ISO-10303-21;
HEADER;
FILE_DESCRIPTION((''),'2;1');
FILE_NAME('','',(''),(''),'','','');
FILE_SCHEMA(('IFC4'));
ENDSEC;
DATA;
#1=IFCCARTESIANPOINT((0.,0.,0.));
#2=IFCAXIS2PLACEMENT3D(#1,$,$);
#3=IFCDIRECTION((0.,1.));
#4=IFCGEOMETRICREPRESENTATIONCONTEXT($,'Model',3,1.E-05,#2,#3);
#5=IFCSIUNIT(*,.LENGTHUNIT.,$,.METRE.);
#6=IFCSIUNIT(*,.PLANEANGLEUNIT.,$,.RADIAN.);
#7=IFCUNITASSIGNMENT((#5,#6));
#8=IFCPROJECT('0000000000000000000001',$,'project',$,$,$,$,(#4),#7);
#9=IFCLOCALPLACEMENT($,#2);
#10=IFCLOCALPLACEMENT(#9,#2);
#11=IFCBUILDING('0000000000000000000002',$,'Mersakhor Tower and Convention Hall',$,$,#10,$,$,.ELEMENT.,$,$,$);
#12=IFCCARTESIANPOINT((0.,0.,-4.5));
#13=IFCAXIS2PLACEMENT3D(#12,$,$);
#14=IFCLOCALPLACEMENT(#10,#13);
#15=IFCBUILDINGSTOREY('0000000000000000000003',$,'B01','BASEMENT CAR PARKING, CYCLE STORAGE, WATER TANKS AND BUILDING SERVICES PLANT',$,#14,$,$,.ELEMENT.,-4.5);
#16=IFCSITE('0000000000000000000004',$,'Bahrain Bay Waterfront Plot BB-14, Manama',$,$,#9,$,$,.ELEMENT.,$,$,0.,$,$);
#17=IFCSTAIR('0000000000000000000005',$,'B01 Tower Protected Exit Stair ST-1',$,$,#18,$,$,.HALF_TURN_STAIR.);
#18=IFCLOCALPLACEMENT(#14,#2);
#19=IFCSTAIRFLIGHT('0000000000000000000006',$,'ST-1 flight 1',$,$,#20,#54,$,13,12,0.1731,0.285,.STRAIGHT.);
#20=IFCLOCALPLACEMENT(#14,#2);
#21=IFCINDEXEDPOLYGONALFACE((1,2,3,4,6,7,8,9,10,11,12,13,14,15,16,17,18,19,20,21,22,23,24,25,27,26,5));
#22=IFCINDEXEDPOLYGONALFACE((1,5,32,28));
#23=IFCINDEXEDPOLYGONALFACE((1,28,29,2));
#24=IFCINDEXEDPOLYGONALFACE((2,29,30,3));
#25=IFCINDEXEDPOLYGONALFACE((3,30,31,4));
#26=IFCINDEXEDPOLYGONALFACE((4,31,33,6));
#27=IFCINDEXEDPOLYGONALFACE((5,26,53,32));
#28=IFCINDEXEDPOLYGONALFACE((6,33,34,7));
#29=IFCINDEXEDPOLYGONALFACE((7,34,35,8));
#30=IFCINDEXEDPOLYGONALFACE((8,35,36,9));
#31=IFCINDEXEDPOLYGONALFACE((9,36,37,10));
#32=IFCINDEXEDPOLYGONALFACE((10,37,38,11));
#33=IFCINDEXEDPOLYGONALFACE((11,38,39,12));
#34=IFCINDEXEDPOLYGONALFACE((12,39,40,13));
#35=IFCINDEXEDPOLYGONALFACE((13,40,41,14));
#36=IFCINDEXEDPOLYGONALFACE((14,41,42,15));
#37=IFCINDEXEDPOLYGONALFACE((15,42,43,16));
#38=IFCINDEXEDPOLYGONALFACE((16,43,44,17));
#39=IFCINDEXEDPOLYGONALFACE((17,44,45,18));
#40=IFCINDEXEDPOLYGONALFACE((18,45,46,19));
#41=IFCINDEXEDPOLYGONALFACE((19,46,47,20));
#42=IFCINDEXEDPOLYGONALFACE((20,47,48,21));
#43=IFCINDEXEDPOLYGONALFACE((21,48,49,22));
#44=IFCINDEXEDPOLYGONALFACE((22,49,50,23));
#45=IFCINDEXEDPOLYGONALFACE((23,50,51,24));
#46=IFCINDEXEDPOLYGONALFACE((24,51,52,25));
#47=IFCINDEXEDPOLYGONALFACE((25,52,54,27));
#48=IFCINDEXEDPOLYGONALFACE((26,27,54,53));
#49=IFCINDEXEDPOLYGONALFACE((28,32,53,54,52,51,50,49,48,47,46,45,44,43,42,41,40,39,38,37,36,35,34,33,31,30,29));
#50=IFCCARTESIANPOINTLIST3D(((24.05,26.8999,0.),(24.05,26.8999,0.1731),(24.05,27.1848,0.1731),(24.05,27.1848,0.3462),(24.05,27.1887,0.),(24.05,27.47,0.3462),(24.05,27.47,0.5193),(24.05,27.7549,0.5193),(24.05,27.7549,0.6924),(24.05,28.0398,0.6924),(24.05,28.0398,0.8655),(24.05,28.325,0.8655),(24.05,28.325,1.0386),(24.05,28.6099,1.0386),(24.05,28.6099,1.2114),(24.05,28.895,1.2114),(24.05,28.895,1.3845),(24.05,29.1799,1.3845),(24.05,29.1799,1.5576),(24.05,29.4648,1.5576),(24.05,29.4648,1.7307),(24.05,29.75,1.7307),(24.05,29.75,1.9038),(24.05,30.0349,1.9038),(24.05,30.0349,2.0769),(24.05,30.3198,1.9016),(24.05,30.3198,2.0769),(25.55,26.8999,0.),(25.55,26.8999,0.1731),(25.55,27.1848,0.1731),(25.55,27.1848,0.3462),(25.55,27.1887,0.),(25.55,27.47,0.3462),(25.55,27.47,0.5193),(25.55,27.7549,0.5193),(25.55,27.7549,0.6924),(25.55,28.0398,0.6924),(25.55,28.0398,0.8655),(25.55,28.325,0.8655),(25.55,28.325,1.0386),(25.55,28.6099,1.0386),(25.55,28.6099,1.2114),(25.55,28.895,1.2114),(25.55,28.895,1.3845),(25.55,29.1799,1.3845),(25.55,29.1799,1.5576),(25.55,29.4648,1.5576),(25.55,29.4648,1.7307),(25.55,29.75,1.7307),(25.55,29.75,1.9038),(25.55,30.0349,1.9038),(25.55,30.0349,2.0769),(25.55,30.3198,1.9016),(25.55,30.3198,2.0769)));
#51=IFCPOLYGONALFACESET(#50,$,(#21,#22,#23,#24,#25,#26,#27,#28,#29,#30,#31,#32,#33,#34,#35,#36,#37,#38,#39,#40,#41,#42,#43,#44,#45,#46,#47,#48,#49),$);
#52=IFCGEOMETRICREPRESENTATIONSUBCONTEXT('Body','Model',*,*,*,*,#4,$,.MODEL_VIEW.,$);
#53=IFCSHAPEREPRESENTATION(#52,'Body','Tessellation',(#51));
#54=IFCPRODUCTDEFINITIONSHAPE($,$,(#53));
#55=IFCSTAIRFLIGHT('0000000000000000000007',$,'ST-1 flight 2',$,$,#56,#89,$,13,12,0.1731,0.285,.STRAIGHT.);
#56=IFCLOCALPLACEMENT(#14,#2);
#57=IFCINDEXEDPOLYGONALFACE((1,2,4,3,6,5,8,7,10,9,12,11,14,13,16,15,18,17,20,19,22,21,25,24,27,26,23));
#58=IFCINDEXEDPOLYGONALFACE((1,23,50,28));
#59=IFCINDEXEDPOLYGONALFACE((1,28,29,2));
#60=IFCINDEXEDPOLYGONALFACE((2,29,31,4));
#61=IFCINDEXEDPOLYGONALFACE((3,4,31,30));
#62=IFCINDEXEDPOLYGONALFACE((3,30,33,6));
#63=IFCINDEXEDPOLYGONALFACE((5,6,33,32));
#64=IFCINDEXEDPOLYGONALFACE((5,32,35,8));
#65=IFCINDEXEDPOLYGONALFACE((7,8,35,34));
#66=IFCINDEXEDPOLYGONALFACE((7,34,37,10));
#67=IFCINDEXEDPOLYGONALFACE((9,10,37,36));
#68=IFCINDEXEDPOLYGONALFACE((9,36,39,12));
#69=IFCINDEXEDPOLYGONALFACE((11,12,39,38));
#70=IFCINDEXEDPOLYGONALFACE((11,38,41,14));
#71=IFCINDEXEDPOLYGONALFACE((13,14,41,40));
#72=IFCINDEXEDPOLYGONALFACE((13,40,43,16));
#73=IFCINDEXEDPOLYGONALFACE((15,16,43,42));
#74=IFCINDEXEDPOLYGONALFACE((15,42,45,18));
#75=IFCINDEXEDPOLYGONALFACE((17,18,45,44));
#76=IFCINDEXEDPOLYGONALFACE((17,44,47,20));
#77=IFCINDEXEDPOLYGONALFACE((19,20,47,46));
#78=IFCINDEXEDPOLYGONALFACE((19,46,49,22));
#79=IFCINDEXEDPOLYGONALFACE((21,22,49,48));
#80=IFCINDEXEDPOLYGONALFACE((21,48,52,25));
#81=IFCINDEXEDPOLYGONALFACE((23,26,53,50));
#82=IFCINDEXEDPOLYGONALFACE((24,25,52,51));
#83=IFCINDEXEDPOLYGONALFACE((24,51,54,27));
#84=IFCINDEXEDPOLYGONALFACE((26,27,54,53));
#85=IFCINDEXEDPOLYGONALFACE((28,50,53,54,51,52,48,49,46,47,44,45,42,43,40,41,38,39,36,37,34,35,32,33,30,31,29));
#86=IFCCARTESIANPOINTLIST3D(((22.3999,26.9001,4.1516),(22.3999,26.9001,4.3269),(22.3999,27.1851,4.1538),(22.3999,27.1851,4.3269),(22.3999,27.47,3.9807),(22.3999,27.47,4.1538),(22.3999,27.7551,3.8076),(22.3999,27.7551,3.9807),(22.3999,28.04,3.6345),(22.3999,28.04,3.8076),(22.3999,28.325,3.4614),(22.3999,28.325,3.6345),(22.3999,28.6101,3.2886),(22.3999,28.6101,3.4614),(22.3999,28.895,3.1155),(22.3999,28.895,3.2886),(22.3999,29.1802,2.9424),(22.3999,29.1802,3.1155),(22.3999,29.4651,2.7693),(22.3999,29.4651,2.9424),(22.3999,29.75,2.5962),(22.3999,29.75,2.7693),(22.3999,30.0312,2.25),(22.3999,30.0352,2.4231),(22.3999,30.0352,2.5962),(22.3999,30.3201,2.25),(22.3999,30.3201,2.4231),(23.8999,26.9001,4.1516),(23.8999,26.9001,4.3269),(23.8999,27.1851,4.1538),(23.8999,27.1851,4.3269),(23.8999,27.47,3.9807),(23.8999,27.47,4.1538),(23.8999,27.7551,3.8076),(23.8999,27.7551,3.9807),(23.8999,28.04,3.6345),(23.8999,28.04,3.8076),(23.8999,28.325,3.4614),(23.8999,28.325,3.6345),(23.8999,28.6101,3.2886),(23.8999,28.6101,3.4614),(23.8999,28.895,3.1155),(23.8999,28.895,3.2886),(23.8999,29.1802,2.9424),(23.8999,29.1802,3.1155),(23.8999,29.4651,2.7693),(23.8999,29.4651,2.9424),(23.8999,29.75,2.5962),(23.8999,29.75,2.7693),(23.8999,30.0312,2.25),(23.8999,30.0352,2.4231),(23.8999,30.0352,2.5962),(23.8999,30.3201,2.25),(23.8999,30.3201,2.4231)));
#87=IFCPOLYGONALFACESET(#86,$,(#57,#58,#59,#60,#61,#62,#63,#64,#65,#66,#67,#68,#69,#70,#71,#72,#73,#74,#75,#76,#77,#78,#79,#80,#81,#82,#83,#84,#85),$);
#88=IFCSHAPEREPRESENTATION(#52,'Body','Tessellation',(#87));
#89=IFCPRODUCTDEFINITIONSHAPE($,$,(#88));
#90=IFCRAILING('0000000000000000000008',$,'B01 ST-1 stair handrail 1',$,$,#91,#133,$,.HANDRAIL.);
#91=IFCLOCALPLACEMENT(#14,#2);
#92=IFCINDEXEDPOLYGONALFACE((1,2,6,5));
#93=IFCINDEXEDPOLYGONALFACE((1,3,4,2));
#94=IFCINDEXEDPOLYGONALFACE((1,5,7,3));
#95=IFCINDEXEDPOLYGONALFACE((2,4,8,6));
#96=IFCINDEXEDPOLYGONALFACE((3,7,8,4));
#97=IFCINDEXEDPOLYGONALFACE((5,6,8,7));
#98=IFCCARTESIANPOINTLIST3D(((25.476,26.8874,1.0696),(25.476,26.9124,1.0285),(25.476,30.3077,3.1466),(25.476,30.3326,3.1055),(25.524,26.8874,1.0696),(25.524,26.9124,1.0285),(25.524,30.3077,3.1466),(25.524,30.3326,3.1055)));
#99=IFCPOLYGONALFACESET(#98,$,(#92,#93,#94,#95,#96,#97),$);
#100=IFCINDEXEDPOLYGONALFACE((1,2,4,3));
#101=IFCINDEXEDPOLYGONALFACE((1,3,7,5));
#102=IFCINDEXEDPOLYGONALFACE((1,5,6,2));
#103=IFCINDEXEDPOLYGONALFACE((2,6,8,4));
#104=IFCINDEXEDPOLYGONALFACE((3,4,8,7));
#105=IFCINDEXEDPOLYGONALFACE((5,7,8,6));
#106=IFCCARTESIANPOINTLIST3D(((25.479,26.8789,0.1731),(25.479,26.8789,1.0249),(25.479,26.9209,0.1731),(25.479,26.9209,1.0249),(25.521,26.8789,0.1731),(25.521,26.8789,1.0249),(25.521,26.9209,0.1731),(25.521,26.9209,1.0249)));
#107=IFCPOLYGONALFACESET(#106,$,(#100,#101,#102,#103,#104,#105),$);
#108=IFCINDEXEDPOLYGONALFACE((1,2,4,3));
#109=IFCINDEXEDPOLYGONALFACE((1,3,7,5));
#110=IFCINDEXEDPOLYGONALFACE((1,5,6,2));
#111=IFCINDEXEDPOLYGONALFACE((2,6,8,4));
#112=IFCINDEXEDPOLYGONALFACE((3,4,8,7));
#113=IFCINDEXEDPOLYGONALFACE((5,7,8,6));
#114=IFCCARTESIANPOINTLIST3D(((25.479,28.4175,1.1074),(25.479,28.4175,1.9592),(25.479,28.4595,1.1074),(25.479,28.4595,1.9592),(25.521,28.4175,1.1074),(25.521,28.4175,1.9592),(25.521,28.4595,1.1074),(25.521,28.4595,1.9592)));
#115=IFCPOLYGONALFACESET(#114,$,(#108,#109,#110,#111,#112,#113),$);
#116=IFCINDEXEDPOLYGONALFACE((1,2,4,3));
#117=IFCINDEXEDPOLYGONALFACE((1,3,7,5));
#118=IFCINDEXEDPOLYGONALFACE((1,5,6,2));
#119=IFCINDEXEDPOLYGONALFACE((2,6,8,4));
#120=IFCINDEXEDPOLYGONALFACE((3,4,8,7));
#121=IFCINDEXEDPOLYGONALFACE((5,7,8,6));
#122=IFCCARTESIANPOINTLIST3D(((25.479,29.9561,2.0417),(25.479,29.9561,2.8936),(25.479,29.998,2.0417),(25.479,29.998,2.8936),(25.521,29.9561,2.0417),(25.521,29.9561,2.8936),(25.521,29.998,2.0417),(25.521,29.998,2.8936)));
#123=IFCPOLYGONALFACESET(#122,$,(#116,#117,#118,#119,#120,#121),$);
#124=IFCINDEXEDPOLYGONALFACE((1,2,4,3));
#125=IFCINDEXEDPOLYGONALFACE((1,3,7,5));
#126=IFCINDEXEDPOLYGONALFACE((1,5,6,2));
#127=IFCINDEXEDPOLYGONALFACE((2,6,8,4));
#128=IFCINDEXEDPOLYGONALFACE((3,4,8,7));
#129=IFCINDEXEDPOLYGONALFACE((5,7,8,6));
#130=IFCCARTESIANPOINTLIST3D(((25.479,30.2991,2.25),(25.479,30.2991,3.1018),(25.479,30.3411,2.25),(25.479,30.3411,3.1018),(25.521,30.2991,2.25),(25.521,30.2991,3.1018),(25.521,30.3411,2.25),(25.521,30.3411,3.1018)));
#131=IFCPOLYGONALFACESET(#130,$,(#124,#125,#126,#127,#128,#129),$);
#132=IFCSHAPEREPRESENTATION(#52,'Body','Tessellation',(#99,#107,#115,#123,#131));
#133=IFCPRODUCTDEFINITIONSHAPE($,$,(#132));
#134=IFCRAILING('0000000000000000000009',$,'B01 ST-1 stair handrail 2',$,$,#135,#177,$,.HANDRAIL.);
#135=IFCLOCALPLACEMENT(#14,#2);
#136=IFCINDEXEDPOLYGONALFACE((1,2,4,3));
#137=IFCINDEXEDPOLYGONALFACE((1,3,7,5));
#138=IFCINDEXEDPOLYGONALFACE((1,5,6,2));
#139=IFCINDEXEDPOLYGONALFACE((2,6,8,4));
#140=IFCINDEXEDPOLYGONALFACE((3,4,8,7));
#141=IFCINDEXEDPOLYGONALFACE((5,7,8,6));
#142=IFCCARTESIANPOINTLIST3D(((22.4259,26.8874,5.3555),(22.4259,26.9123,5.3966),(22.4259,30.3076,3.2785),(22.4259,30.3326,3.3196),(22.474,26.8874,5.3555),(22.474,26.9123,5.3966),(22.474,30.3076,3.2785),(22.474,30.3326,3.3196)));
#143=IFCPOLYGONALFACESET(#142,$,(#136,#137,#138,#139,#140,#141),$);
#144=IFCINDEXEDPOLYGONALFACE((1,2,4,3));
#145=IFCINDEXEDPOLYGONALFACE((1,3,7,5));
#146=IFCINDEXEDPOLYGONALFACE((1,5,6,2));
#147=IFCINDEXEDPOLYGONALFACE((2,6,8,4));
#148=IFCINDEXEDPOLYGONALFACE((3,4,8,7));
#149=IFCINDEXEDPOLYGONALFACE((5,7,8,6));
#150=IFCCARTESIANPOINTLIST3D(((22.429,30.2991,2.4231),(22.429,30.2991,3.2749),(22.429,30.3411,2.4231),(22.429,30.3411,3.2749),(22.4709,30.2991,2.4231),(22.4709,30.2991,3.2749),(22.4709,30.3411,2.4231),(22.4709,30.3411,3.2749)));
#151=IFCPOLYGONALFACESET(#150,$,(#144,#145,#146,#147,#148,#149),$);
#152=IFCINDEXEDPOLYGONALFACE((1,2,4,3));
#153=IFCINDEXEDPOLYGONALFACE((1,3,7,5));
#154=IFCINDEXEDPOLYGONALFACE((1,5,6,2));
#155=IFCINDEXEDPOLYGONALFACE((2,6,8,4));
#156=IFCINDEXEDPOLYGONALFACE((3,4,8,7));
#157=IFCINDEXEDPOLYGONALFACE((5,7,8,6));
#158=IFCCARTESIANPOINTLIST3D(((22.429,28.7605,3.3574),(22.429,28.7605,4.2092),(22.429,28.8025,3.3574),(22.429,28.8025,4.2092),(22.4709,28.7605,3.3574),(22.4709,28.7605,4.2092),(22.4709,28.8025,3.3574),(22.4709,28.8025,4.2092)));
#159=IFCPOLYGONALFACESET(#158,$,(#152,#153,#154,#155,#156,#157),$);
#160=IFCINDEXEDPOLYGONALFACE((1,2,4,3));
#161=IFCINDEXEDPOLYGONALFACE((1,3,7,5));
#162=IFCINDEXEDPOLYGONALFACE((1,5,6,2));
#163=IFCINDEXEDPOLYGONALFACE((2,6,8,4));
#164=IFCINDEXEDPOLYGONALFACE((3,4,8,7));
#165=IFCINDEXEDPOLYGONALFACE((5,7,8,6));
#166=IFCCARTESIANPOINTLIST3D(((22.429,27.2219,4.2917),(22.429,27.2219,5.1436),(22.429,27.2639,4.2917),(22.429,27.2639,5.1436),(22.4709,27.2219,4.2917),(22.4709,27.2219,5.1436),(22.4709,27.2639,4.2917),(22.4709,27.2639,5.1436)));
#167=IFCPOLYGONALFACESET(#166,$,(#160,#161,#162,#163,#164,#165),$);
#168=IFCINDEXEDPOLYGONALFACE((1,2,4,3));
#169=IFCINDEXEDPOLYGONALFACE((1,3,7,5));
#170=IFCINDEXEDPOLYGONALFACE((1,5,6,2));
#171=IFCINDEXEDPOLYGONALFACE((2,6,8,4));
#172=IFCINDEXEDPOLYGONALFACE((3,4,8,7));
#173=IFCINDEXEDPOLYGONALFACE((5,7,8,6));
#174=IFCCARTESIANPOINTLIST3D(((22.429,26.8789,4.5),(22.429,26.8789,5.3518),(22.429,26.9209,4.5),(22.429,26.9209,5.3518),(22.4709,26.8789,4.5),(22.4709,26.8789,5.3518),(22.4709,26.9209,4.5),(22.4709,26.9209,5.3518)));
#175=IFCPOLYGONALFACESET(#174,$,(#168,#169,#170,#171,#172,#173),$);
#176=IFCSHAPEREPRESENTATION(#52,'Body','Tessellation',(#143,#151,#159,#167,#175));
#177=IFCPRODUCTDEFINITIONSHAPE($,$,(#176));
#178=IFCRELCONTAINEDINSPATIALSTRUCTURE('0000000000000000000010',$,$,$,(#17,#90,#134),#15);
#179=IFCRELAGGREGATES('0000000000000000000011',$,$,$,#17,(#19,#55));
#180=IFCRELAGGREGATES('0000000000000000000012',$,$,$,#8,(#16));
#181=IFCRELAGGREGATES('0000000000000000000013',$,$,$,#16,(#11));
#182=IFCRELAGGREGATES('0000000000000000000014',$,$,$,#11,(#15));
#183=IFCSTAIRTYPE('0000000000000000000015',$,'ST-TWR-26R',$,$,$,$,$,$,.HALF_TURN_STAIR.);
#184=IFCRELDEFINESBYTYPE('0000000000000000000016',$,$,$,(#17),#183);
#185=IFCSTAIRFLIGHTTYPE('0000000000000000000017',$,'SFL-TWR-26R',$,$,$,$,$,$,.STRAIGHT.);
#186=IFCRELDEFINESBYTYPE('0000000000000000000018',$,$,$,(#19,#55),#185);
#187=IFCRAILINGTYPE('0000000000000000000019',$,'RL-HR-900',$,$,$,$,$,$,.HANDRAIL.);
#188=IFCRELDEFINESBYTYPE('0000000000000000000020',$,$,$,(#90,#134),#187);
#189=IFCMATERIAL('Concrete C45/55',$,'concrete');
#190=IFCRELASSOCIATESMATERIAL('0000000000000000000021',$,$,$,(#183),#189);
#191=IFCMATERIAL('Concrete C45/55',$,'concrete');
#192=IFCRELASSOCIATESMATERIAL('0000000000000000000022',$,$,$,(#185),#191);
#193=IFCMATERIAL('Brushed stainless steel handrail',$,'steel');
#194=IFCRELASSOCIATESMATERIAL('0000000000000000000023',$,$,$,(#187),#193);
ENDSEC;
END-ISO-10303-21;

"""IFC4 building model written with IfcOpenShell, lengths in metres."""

from ifc_helpers import new_model, si_unit, direction, frame, origin, origin_2d, place, context, subcontext, project, spatial, polyline, rectangle, outline, extrude, material, type_object, element, aggregate, save


model = new_model("IFC4")

# Units and contexts
model_context = context("Model", 3, precision=1e-05, world=origin(), true_north=direction((0.0, 1.0)))
body_context = subcontext(model_context, "Body", "Model", "MODEL_VIEW")
ifc_project = project(units=[si_unit("LENGTHUNIT", "METRE"), si_unit("PLANEANGLEUNIT", "RADIAN")], contexts=[model_context])

# Site, building, storey
site_placement = place(None, origin())
site = spatial("IfcSite", under=ifc_project, at=site_placement, Name="Bahrain Bay Waterfront Plot BB-14, Manama", CompositionType="ELEMENT", RefElevation=0.0)
building_placement = place(site_placement, origin())
building = spatial("IfcBuilding", under=site, at=building_placement, Name="Mersakhor Tower and Convention Hall", CompositionType="ELEMENT")
storey_placement = place(building_placement, frame((0.0, 0.0, -4.5)))
storey = spatial("IfcBuildingStorey", under=building, at=storey_placement, Name="B01", Description="BASEMENT CAR PARKING, CYCLE STORAGE, WATER TANKS AND BUILDING SERVICES PLANT", CompositionType="ELEMENT", Elevation=-4.5)

# Stair, stair flights
ifc_material_1 = material(Name="Concrete C45/55", Category="concrete")
stair_type = type_object("IfcStairType", Name="ST-TWR-26R", PredefinedType="HALF_TURN_STAIR", material=ifc_material_1)
stair_placement = place(storey_placement, origin())
stair = element("IfcStair", 1, at=stair_placement, inside=storey, type_object=stair_type, Name="B01 Tower Protected Exit Stair ST-1", PredefinedType="HALF_TURN_STAIR")
ifc_material_2 = material(Name="Concrete C45/55", Category="concrete")
stair_flight_type = type_object("IfcStairFlightType", Name="SFL-TWR-26R", PredefinedType="STRAIGHT", material=ifc_material_2)
stair_flight_1_placement = place(storey_placement, frame((24.8, 26.8999, 0.0), z_axis=(0.0, 0.0, 1.0), x_axis=(0.0, 1.0, 0.0)))
stair_flight_1 = element("IfcStairFlight", 2, at=stair_flight_1_placement, type_object=stair_flight_type, Name="ST-1 flight 1", NumberOfRisers=13, NumberOfTreads=12, PredefinedType="STRAIGHT", RiserHeight=0.1731, TreadLength=0.285, context=body_context, shape_type="SweptSolid", body=[
    extrude(outline(polyline([(0.0, 0.0), (0.0, 0.1731), (0.2849, 0.1731), (0.2849, 0.3462), (0.5701, 0.3462), (0.5701, 0.5193), (0.855, 0.5193), (0.855, 0.6924), (1.1399, 0.6924), (1.1399, 0.8655), (1.425, 0.8655), (1.425, 1.0386), (1.71, 1.0386), (1.71, 1.2114), (1.9951, 1.2114), (1.9951, 1.3845), (2.28, 1.3845), (2.28, 1.5576), (2.5649, 1.5576), (2.5649, 1.7307), (2.8501, 1.7307), (2.8501, 1.9038), (3.135, 1.9038), (3.135, 2.0769), (3.4199, 2.0769), (3.4199, 2.25), (3.4199, 1.9016), (0.2888, 0.0), (0.0, 0.0)])), frame((0.0, 0.75, 0.0), z_axis=(0.0, -1.0, 0.0), x_axis=(1.0, 0.0, 0.0)), (0.0, 0.0, 1.0), 1.5),
])
stair_flight_2_placement = place(storey_placement, frame((23.1499, 30.3201, 2.25), z_axis=(0.0, 0.0, 1.0), x_axis=(0.0, -1.0, 0.0)))
stair_flight_2 = element("IfcStairFlight", 3, at=stair_flight_2_placement, type_object=stair_flight_type, Name="ST-1 flight 2", NumberOfRisers=13, NumberOfTreads=12, PredefinedType="STRAIGHT", RiserHeight=0.1731, TreadLength=0.285, context=body_context, shape_type="SweptSolid", body=[
    extrude(outline(polyline([(0.0, 0.0), (0.0, 0.1731), (0.2849, 0.1731), (0.2849, 0.3462), (0.5701, 0.3462), (0.5701, 0.5193), (0.855, 0.5193), (0.855, 0.6924), (1.1399, 0.6924), (1.1399, 0.8655), (1.425, 0.8655), (1.425, 1.0386), (1.71, 1.0386), (1.71, 1.2114), (1.9951, 1.2114), (1.9951, 1.3845), (2.28, 1.3845), (2.28, 1.5576), (2.5649, 1.5576), (2.5649, 1.7307), (2.8501, 1.7307), (2.8501, 1.9038), (3.135, 1.9038), (3.135, 2.0769), (3.4199, 2.0769), (3.4199, 2.25), (3.4199, 1.9016), (0.2888, 0.0), (0.0, 0.0)])), frame((0.0, 0.75, 0.0), z_axis=(0.0, -1.0, 0.0), x_axis=(1.0, 0.0, 0.0)), (0.0, 0.0, 1.0), 1.5),
])
aggregate(stair, [stair_flight_1, stair_flight_2])

# Railings
ifc_material_3 = material(Name="Brushed stainless steel handrail", Category="steel")
railing_type_1 = type_object("IfcRailingType", Name="RL-HR-900", PredefinedType="HANDRAIL", material=ifc_material_3)
railing_1_placement = place(storey_placement, frame((25.5, 26.8999, 0.1731)))
element("IfcRailing", 4, at=railing_1_placement, inside=storey, type_object=railing_type_1, Name="B01 ST-1 stair handrail 1", PredefinedType="HANDRAIL", context=body_context, shape_type="SweptSolid", body=[
    extrude(rectangle(XDim=0.0481, YDim=0.0481, at=origin_2d()), frame((0.0, 0.0, 0.876), z_axis=(0.0, 0.854746, 0.519047), x_axis=(-1.0, 0.0, 0.0)), (0.0, 0.0, 1.0), 4.0015),
    extrude(rectangle(XDim=0.042, YDim=0.042, at=origin_2d()), origin(), (0.0, 0.0, 1.0), 0.8518),
    extrude(rectangle(XDim=0.042, YDim=0.042, at=origin_2d()), frame((0.0, 1.5386, 0.9343)), (0.0, 0.0, 1.0), 0.8518),
    extrude(rectangle(XDim=0.042, YDim=0.042, at=origin_2d()), frame((0.0, 3.0771, 1.8687)), (0.0, 0.0, 1.0), 0.8518),
    extrude(rectangle(XDim=0.042, YDim=0.042, at=origin_2d()), frame((0.0, 3.4202, 2.0769)), (0.0, 0.0, 1.0), 0.8518),
])
railing_2_placement = place(storey_placement, frame((22.45, 30.3201, 2.4231)))
element("IfcRailing", 5, at=railing_2_placement, inside=storey, type_object=railing_type_1, Name="B01 ST-1 stair handrail 2", PredefinedType="HANDRAIL", context=body_context, shape_type="SweptSolid", body=[
    extrude(rectangle(XDim=0.0481, YDim=0.0481, at=origin_2d()), frame((0.0, 0.0, 0.876), z_axis=(0.0, -0.854746, 0.519047), x_axis=(1.0, 0.0, 0.0)), (0.0, 0.0, 1.0), 4.0015),
    extrude(rectangle(XDim=0.042, YDim=0.042, at=origin_2d()), origin(), (0.0, 0.0, 1.0), 0.8518),
    extrude(rectangle(XDim=0.042, YDim=0.042, at=origin_2d()), frame((0.0, -1.5386, 0.9343)), (0.0, 0.0, 1.0), 0.8518),
    extrude(rectangle(XDim=0.042, YDim=0.042, at=origin_2d()), frame((0.0, -3.0771, 1.8687)), (0.0, 0.0, 1.0), 0.8518),
    extrude(rectangle(XDim=0.042, YDim=0.042, at=origin_2d()), frame((0.0, -3.4202, 2.0769)), (0.0, 0.0, 1.0), 0.8518),
])

save(model, "model.ifc")
